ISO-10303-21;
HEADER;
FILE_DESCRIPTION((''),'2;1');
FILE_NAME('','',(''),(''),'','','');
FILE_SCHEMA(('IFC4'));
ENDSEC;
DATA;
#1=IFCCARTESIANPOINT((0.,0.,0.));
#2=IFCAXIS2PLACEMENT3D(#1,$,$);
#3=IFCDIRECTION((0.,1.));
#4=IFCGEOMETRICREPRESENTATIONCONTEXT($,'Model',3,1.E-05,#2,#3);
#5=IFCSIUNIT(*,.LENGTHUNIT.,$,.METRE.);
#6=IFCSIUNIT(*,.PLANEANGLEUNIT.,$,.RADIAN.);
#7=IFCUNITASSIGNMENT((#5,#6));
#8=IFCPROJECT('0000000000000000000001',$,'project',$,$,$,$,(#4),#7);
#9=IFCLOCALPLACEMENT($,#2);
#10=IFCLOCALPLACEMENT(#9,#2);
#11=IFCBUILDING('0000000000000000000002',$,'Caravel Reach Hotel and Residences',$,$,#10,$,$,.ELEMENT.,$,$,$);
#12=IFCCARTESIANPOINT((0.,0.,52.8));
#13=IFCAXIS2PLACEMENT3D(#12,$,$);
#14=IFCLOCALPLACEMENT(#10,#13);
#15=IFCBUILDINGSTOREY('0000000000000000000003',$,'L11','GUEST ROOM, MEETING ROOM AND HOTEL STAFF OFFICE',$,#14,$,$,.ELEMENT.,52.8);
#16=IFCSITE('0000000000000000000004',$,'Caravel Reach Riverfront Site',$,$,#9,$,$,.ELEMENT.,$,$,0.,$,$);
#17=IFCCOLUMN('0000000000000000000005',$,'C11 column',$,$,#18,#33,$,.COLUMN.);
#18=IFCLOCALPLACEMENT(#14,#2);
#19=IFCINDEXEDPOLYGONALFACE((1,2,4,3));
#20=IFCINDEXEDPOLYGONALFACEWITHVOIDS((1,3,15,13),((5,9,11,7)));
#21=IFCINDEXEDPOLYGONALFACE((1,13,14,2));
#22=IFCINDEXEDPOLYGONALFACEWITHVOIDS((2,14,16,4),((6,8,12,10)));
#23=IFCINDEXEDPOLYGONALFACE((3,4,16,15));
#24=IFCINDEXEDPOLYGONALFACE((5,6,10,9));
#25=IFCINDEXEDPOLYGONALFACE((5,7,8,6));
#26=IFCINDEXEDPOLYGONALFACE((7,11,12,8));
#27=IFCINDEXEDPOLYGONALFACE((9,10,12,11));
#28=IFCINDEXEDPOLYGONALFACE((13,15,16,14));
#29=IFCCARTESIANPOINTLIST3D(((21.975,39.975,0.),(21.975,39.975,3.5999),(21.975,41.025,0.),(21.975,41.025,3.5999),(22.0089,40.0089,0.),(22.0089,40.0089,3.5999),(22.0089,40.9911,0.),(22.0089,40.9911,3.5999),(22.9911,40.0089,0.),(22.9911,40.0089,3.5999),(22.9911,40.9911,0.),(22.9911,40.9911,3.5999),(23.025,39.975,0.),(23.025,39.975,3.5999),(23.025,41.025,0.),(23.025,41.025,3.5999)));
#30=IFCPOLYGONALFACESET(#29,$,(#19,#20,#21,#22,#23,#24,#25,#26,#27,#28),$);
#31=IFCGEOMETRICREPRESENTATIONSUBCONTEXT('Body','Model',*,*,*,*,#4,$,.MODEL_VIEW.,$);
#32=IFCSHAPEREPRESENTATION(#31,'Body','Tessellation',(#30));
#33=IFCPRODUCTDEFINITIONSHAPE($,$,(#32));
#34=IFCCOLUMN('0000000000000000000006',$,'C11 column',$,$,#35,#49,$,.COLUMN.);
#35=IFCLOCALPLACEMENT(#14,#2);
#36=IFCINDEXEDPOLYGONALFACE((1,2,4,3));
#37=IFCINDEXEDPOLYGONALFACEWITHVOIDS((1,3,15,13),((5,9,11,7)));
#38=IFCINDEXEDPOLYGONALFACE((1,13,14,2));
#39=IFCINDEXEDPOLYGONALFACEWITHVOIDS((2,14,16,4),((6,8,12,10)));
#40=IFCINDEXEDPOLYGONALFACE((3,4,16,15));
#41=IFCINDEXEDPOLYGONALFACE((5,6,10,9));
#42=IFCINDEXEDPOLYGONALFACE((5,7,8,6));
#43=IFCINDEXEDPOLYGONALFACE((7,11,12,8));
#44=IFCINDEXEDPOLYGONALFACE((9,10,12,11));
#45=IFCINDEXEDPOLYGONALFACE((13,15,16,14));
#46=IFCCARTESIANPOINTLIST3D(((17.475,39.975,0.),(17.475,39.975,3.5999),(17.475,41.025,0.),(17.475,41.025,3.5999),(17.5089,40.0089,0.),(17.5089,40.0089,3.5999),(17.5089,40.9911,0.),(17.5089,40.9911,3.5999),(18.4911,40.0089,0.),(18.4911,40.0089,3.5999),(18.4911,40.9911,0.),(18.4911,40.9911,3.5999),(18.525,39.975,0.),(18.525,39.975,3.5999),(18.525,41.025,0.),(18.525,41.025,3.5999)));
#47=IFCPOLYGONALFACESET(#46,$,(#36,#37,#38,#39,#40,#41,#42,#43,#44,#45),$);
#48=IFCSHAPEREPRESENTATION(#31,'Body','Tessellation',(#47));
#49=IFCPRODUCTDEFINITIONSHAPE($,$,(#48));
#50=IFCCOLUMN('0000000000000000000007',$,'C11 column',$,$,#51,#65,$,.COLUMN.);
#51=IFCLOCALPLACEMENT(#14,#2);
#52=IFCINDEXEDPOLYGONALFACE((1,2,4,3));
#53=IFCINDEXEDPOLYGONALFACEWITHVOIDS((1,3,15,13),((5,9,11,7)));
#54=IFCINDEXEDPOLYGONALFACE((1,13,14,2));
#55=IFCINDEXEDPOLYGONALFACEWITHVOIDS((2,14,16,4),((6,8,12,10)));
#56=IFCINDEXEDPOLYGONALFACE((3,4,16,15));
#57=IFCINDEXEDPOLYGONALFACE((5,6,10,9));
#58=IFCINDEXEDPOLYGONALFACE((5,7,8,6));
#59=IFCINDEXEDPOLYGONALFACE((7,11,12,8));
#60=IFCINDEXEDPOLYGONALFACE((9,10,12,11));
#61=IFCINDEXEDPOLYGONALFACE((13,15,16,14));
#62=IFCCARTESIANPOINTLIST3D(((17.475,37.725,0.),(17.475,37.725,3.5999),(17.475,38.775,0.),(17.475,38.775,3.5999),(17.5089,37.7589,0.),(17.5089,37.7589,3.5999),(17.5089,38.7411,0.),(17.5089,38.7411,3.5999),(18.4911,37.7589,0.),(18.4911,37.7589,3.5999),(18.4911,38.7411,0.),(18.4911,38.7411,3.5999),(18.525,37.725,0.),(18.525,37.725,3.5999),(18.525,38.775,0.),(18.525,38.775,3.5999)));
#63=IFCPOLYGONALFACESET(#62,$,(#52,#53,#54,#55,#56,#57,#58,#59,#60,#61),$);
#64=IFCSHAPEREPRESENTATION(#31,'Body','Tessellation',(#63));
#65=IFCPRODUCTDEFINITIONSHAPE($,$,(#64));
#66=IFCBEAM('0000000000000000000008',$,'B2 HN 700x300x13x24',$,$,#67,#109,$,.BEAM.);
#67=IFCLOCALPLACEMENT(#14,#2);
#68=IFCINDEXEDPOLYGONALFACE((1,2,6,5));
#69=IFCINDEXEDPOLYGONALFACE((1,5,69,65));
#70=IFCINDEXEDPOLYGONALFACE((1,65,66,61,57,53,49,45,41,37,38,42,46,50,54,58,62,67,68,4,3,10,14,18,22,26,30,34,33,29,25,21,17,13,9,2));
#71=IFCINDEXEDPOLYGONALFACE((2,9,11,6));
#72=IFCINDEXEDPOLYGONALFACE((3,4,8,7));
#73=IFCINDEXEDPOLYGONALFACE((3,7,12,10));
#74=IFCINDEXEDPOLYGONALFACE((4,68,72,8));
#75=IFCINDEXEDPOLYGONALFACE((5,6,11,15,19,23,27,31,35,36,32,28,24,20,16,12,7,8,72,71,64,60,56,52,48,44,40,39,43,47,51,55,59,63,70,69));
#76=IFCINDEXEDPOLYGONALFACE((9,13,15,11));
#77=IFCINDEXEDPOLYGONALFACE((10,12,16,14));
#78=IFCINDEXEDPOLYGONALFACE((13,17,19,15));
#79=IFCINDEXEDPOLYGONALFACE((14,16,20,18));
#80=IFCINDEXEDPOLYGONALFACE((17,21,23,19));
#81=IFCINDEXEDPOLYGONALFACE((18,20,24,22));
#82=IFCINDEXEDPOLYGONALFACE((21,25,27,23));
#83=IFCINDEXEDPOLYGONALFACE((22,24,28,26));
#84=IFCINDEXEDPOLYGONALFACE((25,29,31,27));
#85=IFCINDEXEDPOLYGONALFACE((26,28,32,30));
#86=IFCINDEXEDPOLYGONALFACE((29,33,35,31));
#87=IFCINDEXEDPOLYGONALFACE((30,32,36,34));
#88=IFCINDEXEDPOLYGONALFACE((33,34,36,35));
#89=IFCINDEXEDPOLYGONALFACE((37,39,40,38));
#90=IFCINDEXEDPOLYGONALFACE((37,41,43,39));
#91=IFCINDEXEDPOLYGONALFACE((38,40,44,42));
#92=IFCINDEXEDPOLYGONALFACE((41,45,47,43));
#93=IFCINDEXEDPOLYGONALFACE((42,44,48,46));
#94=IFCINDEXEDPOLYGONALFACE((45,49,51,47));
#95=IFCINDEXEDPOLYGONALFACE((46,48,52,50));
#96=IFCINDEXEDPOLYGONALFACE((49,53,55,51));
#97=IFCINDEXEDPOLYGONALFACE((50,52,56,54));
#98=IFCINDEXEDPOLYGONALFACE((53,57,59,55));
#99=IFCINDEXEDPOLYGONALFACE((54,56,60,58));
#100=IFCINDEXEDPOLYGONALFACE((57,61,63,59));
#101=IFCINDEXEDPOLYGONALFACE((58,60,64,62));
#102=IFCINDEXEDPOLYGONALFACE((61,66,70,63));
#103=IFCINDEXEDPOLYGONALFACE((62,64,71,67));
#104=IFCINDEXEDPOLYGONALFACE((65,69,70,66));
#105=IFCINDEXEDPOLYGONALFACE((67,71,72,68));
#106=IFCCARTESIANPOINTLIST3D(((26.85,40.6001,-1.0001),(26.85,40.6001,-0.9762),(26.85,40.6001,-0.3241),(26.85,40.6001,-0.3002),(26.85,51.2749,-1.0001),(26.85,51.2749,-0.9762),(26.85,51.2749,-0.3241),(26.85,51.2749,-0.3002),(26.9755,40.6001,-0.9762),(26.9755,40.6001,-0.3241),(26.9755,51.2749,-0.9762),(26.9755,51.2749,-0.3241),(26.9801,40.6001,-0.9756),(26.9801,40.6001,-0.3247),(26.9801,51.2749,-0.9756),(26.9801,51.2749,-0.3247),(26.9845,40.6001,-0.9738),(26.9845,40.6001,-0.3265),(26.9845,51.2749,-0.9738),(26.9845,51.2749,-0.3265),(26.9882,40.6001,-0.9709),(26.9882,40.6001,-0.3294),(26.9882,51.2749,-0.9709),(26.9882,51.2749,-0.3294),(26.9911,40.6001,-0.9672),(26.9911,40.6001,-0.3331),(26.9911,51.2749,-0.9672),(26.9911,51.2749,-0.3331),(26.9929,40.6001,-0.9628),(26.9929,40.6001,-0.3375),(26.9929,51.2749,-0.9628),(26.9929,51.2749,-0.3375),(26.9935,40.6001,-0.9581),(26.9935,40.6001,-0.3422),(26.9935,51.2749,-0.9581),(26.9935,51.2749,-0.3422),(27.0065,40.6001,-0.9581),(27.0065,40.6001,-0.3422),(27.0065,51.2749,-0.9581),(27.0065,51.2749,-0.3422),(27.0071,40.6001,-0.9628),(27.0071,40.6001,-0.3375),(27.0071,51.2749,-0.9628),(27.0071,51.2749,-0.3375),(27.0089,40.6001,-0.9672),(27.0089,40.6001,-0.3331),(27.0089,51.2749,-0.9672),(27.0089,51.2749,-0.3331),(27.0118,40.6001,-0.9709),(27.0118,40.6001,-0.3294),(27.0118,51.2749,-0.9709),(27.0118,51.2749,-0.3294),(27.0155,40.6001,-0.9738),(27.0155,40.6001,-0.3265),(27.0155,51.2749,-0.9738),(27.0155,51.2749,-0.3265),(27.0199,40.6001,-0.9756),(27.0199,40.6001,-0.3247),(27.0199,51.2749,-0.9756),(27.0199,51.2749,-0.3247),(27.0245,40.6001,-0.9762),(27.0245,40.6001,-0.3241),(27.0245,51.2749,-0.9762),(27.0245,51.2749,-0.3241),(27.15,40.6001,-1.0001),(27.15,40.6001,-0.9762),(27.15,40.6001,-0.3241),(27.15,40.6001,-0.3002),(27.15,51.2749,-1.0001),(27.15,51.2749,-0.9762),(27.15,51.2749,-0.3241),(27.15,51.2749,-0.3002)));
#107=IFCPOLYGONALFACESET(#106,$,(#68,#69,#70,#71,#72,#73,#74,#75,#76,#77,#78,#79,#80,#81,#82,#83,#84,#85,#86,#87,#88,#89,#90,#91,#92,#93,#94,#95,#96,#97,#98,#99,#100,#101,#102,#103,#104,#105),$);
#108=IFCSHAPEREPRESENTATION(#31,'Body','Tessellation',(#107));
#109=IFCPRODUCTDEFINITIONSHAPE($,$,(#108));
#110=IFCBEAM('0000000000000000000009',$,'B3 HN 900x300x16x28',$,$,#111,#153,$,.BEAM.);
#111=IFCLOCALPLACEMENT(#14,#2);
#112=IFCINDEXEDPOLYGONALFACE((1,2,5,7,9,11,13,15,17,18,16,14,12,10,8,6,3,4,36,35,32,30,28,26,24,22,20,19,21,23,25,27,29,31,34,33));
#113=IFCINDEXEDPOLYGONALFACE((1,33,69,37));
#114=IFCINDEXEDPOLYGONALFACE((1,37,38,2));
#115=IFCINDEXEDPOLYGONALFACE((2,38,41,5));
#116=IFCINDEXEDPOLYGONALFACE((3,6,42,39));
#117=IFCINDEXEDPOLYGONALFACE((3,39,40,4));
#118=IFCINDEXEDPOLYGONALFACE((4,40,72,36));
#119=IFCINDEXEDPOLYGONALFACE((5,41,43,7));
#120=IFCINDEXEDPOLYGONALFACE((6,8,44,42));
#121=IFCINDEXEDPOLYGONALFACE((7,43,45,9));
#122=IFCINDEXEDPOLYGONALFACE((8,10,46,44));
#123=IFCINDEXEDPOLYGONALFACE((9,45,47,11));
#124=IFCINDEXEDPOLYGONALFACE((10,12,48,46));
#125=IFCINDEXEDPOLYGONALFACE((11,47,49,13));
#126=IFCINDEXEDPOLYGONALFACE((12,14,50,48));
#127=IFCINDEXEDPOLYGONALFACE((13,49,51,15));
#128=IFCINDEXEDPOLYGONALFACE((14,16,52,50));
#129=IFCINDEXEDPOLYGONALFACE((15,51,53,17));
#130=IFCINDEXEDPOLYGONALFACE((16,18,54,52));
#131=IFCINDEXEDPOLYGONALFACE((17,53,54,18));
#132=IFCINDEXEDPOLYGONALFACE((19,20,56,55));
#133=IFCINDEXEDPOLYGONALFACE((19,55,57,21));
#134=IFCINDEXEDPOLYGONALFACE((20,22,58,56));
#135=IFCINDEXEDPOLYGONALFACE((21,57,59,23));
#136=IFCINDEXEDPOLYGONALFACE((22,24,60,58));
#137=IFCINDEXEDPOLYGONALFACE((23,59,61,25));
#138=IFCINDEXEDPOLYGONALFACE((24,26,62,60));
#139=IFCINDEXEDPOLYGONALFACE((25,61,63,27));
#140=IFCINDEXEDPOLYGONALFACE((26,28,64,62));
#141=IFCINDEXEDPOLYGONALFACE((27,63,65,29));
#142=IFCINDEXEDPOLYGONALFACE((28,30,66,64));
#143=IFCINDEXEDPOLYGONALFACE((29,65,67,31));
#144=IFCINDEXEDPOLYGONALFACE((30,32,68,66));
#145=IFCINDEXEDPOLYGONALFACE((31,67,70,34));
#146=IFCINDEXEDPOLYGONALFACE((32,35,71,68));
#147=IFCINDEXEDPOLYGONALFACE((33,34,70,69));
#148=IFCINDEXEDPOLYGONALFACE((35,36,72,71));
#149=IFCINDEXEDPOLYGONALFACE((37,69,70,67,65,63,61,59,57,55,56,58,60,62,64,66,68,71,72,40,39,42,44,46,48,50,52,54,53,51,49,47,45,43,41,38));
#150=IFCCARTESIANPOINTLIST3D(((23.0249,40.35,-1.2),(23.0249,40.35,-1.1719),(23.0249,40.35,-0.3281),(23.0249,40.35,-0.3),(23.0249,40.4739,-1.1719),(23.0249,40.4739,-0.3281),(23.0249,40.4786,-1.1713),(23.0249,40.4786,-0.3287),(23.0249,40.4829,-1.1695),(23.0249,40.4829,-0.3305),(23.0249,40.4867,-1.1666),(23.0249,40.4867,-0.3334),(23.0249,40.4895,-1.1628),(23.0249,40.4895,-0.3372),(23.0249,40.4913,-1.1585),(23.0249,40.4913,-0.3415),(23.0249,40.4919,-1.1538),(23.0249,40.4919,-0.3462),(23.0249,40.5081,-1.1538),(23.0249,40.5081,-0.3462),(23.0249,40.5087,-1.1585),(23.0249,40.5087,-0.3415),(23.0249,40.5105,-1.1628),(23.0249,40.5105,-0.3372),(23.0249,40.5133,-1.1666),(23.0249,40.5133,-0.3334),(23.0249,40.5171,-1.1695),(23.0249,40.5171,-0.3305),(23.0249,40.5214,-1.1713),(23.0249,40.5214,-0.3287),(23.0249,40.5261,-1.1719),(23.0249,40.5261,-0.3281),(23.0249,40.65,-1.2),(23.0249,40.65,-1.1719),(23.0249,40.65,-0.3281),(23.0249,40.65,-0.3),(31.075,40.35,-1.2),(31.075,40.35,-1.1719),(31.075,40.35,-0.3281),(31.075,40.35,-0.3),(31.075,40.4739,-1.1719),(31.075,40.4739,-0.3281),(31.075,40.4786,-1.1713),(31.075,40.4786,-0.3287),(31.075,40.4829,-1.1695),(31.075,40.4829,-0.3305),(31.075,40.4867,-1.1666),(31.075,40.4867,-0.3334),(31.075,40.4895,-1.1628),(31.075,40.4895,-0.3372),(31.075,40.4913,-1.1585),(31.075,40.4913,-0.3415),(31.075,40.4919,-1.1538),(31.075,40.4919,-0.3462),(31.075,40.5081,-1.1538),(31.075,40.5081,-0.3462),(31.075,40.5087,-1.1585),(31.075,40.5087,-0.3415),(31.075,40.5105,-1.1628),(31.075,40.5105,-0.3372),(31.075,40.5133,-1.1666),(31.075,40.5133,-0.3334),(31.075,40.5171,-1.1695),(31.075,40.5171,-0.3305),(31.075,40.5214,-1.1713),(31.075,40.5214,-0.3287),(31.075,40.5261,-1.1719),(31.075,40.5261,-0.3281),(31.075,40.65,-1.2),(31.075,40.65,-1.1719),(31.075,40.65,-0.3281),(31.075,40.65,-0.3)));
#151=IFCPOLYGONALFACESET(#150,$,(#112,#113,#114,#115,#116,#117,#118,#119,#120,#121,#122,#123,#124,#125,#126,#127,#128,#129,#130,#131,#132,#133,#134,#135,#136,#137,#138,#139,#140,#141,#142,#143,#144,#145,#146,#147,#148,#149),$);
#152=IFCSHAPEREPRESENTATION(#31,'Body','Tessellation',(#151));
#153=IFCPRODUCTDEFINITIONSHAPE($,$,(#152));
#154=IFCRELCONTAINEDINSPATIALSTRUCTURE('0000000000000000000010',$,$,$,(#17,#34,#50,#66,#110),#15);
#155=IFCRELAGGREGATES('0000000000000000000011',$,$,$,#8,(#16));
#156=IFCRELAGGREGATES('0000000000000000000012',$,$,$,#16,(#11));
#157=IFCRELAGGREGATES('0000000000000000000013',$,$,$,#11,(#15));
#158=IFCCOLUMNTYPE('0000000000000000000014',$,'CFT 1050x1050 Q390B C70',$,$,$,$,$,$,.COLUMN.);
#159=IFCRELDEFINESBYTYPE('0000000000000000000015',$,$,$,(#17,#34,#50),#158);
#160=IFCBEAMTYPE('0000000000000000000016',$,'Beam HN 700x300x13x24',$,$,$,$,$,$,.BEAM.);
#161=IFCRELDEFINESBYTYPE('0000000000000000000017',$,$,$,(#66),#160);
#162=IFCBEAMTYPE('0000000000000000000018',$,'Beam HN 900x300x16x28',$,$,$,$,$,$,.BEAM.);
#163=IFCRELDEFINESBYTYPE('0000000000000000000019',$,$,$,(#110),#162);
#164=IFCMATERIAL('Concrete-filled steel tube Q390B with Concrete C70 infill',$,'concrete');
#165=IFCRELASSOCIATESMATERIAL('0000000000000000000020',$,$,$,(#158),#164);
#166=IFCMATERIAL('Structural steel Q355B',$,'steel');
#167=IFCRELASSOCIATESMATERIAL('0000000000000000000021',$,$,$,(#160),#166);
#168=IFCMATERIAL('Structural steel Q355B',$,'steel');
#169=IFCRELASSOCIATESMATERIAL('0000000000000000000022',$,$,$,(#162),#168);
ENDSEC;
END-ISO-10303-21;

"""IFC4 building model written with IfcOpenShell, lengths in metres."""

from ifc_helpers import new_model, si_unit, direction, frame, origin, origin_2d, place, context, subcontext, project, spatial, hollow_rectangle, i_section, extrude, material, material_profile, profile_set, type_object, element, save


model = new_model("IFC4")

# Units and contexts
model_context = context("Model", 3, precision=1e-05, world=origin(), true_north=direction((0.0, 1.0)))
body_context = subcontext(model_context, "Body", "Model", "MODEL_VIEW")
ifc_project = project(units=[si_unit("LENGTHUNIT", "METRE"), si_unit("PLANEANGLEUNIT", "RADIAN")], contexts=[model_context])

# Site, building, storey
site_placement = place(None, origin())
site = spatial("IfcSite", under=ifc_project, at=site_placement, Name="Caravel Reach Riverfront Site", CompositionType="ELEMENT", RefElevation=0.0)
building_placement = place(site_placement, origin())
building = spatial("IfcBuilding", under=site, at=building_placement, Name="Caravel Reach Hotel and Residences", CompositionType="ELEMENT")
storey_placement = place(building_placement, frame((0.0, 0.0, 52.8)))
storey = spatial("IfcBuildingStorey", under=building, at=storey_placement, Name="L11", Description="GUEST ROOM, MEETING ROOM AND HOTEL STAFF OFFICE", CompositionType="ELEMENT", Elevation=52.8)

# Columns
ifc_material_1 = material(Name="Concrete-filled steel tube Q390B with Concrete C70 infill", Category="concrete")
ifc_material_profile_1 = material_profile(ifc_material_1, hollow_rectangle(XDim=1.05, YDim=1.05, WallThickness=0.0339, at=origin_2d()), Name="RHS 1050x1050x34")
ifc_profile_set_1 = profile_set([ifc_material_profile_1], Name="Concrete-filled steel tube Q390B with Concrete C70 infill")
column_type = type_object("IfcColumnType", Name="CFT 1050x1050 Q390B C70", PredefinedType="COLUMN", material=ifc_profile_set_1)
for number, where, z_axis, x_axis, name in (
    (1, (22.5, 40.5, 0.0), (0.0, 0.0, 1.0), (1.0, 0.0, 0.0), "C11 column"),
    (2, (18.0, 40.5, 0.0), (0.0, 0.0, 1.0), (1.0, 0.0, 0.0), "C11 column"),
    (3, (18.0, 38.25, 0.0), (0.0, 0.0, 1.0), (1.0, 0.0, 0.0), "C11 column"),
):
    element("IfcColumn", number, at=place(storey_placement, frame(where, z_axis=z_axis, x_axis=x_axis)), inside=storey, type_object=column_type, Name=name, PredefinedType="COLUMN", context=body_context, shape_type="SweptSolid", body=[
        extrude(hollow_rectangle(XDim=1.05, YDim=1.05, WallThickness=0.0339, at=origin_2d()), origin(), (0.0, 0.0, 1.0), 3.5999),
    ])

# Beams
ifc_material_2 = material(Name="Structural steel Q355B", Category="steel")
ifc_material_profile_2 = material_profile(ifc_material_2, i_section(OverallWidth=0.3, OverallDepth=0.7, WebThickness=0.0129, FlangeThickness=0.0239, FilletRadius=0.0181, at=origin_2d()), Name="HN 700x300x13x24")
ifc_profile_set_2 = profile_set([ifc_material_profile_2], Name="Structural steel Q355B")
beam_type_1 = type_object("IfcBeamType", Name="Beam HN 700x300x13x24", PredefinedType="BEAM", material=ifc_profile_set_2)
beam_1_placement = place(storey_placement, frame((27.0, 40.6001, -0.6501), z_axis=(0.0, 1.0, 0.0), x_axis=(-1.0, 0.0, 0.0)))
element("IfcBeam", 4, at=beam_1_placement, inside=storey, type_object=beam_type_1, Name="B2 HN 700x300x13x24", PredefinedType="BEAM", context=body_context, shape_type="SweptSolid", body=[
    extrude(i_section(OverallWidth=0.3, OverallDepth=0.7, WebThickness=0.0129, FlangeThickness=0.0239, FilletRadius=0.0181, at=origin_2d()), origin(), (0.0, 0.0, 1.0), 10.6748),
])
ifc_material_3 = material(Name="Structural steel Q355B", Category="steel")
ifc_material_profile_3 = material_profile(ifc_material_3, i_section(OverallWidth=0.3, OverallDepth=0.8999, WebThickness=0.0161, FlangeThickness=0.0281, FilletRadius=0.0181, at=origin_2d()), Name="HN 900x300x16x28")
ifc_profile_set_3 = profile_set([ifc_material_profile_3], Name="Structural steel Q355B")
beam_type_2 = type_object("IfcBeamType", Name="Beam HN 900x300x16x28", PredefinedType="BEAM", material=ifc_profile_set_3)
beam_2_placement = place(storey_placement, frame((23.0249, 40.5, -0.75), z_axis=(1.0, 0.0, 0.0), x_axis=(0.0, 1.0, 0.0)))
element("IfcBeam", 5, at=beam_2_placement, inside=storey, type_object=beam_type_2, Name="B3 HN 900x300x16x28", PredefinedType="BEAM", context=body_context, shape_type="SweptSolid", body=[
    extrude(i_section(OverallWidth=0.3, OverallDepth=0.8999, WebThickness=0.0161, FlangeThickness=0.0281, FilletRadius=0.0181, at=origin_2d()), origin(), (0.0, 0.0, 1.0), 8.05),
])

save(model, "model.ifc")
